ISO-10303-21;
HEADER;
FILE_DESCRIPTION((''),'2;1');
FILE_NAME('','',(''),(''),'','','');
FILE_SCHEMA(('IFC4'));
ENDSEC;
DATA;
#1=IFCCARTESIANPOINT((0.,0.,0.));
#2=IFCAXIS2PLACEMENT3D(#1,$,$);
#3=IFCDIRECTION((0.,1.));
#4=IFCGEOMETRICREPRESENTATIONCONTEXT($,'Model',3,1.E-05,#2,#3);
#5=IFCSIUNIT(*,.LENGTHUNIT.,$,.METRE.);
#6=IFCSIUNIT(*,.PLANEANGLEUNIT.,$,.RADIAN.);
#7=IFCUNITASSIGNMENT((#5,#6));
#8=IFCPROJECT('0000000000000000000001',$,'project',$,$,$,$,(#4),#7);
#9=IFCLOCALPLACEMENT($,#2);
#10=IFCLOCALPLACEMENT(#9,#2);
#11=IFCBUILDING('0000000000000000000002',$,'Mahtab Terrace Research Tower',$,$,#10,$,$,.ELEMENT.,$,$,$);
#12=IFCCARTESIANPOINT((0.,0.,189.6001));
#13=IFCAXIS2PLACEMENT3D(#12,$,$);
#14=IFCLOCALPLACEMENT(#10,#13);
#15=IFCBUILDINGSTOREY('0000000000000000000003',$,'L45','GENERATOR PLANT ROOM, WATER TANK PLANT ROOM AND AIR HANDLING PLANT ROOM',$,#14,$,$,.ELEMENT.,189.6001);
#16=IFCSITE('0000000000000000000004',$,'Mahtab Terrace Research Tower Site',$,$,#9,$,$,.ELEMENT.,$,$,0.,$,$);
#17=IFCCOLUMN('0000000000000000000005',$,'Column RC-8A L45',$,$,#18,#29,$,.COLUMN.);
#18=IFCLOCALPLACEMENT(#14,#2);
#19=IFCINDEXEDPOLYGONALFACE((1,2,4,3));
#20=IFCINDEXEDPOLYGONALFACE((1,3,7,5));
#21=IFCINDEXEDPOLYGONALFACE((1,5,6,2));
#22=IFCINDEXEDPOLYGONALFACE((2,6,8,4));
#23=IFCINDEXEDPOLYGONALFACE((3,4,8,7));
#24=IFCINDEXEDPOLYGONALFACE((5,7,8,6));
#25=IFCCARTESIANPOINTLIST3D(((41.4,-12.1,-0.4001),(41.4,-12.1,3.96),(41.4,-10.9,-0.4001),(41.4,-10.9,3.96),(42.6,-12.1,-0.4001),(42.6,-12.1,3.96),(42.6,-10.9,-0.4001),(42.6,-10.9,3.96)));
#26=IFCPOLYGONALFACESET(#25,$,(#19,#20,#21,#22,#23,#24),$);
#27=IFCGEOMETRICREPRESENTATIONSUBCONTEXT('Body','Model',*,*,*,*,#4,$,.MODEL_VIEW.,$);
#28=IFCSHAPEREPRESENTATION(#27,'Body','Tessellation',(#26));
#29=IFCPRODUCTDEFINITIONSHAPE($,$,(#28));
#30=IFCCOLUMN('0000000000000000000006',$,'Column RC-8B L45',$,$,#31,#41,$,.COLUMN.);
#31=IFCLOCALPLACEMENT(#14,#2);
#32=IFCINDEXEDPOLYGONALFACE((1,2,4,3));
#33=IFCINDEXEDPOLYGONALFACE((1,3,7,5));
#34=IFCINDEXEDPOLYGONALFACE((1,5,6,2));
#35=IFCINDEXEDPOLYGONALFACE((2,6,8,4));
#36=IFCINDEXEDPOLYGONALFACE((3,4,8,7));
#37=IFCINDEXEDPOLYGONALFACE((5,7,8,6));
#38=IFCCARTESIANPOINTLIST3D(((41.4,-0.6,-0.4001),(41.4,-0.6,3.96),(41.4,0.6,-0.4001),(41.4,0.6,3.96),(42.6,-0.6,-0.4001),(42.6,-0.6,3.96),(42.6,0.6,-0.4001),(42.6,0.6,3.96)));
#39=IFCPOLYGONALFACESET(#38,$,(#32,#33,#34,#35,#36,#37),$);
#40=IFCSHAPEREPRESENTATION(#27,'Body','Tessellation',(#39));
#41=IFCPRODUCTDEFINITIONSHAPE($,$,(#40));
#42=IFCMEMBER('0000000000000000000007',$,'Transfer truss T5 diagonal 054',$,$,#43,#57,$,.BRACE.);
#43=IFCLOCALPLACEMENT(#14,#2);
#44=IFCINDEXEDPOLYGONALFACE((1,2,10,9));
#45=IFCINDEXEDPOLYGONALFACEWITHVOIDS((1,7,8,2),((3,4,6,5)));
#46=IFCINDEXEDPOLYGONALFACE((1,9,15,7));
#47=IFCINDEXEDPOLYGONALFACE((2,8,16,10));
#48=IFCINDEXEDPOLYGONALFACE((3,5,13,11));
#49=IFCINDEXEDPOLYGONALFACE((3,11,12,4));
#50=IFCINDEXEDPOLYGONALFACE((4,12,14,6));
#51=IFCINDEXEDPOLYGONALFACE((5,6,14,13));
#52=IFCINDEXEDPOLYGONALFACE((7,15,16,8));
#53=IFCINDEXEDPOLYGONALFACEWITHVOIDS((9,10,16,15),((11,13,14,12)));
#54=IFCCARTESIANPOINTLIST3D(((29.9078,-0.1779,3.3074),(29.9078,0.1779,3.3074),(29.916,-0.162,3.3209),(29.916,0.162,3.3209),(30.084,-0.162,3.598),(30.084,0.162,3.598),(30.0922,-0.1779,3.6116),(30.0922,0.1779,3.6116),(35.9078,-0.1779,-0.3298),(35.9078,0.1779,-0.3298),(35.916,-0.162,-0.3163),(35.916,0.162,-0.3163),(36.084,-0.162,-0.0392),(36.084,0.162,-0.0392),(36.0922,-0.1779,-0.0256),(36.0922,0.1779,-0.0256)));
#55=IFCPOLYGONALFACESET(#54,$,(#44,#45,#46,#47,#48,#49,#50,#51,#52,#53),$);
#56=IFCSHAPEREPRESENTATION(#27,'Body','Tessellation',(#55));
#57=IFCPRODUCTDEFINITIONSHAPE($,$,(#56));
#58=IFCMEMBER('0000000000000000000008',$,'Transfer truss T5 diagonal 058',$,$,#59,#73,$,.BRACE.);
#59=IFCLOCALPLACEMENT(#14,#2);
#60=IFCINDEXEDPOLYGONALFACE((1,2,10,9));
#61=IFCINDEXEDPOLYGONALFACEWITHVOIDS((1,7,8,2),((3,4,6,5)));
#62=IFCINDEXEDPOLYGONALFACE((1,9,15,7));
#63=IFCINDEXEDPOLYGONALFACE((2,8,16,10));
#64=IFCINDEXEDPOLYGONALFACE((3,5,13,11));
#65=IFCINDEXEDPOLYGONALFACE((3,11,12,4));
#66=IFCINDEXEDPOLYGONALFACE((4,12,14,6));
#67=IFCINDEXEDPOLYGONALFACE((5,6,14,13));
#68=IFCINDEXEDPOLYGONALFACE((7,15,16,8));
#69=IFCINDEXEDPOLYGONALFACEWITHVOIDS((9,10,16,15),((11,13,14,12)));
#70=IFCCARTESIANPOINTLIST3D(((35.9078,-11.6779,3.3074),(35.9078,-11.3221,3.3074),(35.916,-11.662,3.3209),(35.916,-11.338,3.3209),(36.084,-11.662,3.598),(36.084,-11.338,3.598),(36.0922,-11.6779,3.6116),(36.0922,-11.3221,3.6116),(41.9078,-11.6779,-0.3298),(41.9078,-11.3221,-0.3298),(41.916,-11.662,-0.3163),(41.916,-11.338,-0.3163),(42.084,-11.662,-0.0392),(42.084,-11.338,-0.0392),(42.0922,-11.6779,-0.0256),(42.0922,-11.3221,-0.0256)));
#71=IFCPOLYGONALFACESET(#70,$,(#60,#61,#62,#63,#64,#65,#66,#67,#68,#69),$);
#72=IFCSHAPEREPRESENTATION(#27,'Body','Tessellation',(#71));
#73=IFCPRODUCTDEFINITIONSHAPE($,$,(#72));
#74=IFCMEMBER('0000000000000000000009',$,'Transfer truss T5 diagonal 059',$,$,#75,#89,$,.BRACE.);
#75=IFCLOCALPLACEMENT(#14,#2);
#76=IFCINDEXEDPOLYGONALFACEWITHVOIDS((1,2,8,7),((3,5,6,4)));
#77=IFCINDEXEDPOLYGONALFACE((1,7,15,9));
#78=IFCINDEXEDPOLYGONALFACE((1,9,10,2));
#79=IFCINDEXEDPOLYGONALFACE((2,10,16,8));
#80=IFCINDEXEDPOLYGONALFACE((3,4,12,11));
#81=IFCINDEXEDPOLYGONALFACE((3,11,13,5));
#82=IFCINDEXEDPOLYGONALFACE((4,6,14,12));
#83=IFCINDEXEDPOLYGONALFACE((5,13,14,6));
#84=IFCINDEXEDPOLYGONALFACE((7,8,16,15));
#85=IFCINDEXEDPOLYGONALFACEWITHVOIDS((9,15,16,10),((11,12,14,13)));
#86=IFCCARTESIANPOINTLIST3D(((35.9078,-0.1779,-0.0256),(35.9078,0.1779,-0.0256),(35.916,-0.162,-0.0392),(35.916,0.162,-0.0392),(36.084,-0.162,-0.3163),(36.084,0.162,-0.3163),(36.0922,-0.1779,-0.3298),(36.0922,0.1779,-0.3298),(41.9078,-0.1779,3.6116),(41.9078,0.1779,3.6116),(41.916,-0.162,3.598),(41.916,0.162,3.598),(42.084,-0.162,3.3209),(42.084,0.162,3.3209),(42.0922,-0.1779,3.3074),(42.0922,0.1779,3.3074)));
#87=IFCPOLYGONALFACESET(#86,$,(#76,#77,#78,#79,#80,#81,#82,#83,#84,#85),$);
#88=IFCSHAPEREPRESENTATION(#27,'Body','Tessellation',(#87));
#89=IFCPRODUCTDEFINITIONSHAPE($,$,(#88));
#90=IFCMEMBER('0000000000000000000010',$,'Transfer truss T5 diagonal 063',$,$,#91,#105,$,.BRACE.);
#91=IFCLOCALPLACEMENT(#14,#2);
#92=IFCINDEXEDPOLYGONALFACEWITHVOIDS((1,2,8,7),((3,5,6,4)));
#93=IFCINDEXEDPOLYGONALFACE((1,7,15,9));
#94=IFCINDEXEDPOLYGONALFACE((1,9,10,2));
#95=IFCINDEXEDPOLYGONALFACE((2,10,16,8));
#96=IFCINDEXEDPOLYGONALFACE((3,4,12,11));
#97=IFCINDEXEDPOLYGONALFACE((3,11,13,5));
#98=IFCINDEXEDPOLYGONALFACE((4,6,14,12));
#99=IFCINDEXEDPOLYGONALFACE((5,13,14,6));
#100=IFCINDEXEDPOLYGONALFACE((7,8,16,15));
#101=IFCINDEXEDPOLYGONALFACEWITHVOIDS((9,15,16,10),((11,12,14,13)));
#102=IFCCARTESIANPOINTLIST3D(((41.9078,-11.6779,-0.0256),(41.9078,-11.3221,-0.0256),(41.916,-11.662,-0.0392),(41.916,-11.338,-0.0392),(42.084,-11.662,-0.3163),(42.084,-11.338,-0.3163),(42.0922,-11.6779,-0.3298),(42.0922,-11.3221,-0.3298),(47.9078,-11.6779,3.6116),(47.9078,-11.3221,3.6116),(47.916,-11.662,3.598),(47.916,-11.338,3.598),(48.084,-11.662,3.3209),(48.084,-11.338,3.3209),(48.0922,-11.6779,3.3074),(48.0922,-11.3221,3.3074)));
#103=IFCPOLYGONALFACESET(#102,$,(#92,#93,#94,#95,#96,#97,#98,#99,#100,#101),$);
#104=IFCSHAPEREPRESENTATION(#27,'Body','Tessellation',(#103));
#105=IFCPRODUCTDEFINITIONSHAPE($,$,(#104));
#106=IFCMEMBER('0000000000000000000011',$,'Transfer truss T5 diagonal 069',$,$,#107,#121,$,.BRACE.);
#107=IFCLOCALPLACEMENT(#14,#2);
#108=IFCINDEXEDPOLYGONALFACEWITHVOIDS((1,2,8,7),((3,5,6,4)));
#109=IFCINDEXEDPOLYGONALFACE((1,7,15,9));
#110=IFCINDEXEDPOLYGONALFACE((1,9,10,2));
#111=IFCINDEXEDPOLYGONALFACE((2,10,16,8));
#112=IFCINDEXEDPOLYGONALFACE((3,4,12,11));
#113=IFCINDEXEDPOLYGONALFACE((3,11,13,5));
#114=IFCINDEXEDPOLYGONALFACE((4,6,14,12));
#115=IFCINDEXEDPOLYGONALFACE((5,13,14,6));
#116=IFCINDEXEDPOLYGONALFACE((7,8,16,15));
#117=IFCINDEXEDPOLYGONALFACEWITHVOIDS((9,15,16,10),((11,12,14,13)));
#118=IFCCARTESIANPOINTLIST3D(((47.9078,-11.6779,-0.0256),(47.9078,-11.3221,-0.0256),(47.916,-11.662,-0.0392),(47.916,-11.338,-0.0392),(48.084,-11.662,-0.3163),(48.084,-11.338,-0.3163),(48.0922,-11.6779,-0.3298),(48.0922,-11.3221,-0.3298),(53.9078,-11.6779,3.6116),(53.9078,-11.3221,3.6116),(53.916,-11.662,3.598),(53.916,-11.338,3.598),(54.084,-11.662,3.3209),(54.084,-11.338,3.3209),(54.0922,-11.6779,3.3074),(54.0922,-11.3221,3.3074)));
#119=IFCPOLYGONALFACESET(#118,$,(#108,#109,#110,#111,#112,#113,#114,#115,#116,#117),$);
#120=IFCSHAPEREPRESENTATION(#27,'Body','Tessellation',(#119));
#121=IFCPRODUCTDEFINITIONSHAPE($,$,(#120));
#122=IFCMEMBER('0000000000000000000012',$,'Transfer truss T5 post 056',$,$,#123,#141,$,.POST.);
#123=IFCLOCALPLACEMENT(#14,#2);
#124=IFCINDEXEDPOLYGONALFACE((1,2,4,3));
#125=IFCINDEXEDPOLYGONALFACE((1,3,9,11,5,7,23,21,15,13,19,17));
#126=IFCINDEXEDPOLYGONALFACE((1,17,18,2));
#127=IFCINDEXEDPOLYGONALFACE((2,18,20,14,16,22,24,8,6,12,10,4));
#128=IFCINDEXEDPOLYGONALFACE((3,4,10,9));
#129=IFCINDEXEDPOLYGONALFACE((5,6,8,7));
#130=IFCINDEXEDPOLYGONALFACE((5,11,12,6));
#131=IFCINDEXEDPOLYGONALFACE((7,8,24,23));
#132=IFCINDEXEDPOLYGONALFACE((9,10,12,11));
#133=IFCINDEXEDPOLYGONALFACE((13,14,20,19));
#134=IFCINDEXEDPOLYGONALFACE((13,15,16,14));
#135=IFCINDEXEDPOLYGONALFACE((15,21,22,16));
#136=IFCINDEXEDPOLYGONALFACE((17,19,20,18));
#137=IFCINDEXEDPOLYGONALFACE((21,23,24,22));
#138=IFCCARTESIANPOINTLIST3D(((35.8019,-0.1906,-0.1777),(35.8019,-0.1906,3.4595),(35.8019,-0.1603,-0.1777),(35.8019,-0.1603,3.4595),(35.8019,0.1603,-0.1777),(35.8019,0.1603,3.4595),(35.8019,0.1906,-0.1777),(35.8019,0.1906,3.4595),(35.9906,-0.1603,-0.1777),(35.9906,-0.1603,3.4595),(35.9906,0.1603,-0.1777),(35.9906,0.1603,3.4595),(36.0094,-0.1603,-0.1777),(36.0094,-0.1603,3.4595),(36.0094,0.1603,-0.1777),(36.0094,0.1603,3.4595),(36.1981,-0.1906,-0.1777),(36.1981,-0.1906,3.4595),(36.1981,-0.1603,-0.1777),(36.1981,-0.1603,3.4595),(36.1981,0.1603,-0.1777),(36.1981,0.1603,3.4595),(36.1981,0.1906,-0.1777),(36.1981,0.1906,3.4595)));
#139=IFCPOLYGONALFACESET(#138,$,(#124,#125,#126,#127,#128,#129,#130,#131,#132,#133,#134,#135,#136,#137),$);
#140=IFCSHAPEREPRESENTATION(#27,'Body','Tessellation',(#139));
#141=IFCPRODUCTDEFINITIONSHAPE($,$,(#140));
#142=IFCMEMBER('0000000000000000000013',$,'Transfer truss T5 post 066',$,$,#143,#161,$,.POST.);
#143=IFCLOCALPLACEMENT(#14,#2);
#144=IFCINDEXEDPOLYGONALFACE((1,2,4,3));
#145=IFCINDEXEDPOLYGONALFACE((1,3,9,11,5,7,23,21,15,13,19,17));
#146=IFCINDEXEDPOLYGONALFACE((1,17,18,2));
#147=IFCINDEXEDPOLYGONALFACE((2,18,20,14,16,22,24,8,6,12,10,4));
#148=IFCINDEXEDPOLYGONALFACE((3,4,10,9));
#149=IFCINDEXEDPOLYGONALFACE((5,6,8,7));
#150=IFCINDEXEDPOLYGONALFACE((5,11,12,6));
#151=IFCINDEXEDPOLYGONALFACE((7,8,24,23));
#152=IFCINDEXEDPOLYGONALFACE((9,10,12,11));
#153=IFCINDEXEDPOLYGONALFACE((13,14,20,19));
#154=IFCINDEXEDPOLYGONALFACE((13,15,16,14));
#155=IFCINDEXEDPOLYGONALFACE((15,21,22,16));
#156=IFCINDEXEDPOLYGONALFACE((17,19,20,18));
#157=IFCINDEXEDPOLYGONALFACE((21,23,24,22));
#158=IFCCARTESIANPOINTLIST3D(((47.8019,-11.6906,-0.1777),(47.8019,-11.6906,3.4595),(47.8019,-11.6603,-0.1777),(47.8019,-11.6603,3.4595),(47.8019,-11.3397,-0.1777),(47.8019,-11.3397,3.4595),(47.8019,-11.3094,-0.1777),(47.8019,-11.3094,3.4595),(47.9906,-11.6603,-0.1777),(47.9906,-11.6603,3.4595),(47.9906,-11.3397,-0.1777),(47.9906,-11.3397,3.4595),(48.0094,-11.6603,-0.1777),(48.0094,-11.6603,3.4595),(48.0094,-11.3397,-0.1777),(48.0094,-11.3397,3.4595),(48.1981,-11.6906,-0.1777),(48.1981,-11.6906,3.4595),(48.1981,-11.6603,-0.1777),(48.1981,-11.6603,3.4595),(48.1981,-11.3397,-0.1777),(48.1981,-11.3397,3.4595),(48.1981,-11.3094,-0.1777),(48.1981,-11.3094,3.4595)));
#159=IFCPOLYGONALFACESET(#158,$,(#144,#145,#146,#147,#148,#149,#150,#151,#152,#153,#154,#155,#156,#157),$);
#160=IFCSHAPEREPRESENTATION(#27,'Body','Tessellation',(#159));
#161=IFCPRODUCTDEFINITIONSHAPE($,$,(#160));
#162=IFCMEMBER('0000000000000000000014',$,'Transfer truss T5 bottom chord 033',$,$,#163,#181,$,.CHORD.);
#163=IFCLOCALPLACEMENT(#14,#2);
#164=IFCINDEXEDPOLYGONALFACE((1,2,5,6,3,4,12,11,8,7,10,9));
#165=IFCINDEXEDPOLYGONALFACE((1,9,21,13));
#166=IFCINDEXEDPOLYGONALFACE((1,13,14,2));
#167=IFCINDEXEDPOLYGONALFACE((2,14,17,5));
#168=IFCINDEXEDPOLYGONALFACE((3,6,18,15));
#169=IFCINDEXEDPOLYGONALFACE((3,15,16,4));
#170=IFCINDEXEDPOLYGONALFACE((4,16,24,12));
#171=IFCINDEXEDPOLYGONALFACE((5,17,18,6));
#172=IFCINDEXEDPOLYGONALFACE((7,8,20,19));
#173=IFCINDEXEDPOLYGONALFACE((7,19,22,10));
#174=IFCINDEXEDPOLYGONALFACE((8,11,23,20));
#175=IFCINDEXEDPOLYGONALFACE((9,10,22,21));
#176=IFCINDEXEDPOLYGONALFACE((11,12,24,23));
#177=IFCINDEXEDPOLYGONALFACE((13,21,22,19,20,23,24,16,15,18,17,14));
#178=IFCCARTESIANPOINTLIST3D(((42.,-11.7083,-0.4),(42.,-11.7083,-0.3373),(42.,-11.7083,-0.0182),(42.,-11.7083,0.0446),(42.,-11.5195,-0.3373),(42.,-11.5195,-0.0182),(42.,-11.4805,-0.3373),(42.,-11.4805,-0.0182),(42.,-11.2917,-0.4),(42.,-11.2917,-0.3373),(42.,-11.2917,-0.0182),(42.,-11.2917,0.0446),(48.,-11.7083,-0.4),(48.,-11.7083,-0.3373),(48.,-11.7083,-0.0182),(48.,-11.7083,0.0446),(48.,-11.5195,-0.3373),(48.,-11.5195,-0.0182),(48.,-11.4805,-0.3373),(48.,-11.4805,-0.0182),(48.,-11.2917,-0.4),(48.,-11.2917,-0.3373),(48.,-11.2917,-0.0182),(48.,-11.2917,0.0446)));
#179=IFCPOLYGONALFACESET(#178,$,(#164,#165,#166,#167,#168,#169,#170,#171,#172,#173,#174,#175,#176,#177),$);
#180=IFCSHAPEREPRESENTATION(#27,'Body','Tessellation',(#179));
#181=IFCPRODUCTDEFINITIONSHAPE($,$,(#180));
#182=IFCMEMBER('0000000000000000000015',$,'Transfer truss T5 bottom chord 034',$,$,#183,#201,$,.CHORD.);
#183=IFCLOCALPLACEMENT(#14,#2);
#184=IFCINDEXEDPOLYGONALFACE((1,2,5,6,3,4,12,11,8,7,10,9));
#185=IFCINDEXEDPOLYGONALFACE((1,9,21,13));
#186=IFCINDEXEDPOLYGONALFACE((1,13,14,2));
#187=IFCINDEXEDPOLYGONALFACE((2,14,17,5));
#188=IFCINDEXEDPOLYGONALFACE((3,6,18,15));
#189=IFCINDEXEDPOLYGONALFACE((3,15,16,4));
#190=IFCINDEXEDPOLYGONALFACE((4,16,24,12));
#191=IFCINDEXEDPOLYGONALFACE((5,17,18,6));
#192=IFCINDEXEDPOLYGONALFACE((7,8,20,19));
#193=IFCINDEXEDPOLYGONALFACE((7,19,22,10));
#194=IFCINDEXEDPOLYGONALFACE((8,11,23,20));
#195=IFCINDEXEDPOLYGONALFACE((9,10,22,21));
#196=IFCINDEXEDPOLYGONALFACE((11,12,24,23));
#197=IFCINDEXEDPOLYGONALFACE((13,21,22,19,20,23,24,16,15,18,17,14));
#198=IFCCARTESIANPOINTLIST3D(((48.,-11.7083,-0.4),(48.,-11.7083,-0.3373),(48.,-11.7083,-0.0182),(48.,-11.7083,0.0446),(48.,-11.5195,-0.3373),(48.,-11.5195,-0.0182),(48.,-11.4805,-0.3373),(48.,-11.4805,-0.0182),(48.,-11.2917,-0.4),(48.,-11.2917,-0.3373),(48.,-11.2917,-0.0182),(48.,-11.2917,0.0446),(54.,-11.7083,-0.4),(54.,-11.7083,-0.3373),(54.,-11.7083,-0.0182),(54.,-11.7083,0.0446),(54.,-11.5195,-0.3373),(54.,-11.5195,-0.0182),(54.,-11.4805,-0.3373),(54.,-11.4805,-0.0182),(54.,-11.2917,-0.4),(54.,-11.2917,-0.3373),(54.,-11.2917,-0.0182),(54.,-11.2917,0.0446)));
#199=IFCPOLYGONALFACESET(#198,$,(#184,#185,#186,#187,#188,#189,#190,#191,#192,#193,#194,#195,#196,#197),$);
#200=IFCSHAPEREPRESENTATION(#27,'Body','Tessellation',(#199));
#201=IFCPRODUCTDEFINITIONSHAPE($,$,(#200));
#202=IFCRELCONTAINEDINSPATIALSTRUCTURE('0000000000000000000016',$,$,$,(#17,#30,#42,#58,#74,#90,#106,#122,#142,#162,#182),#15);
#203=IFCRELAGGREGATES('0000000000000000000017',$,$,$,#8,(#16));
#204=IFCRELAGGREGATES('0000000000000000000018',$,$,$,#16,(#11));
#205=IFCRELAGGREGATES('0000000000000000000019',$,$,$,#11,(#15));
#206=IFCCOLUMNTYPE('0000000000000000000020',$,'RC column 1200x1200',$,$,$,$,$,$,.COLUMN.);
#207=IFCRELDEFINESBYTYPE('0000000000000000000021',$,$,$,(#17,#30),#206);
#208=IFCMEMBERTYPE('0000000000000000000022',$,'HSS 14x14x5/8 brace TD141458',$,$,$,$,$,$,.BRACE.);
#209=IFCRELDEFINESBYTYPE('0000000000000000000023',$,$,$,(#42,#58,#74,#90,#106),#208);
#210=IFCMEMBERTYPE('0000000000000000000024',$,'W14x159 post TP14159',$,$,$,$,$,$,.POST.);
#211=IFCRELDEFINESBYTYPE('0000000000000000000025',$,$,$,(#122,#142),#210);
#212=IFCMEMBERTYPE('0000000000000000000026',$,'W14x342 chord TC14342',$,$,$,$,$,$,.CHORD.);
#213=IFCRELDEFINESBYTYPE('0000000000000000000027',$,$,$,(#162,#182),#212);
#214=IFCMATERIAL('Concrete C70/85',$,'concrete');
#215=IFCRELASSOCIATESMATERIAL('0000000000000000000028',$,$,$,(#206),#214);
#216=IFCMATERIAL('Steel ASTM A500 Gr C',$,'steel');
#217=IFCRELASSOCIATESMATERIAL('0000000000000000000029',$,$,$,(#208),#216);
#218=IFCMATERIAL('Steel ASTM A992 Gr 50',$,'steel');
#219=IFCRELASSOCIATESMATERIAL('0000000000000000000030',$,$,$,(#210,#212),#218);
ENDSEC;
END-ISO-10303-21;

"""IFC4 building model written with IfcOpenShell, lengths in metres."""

from ifc_helpers import new_model, si_unit, direction, frame, origin, origin_2d, place, context, subcontext, project, spatial, rectangle, hollow_rectangle, i_section, extrude, material, material_profile, profile_set, type_object, element, save


model = new_model("IFC4")

# Units and contexts
model_context = context("Model", 3, precision=1e-05, world=origin(), true_north=direction((0.0, 1.0)))
body_context = subcontext(model_context, "Body", "Model", "MODEL_VIEW")
ifc_project = project(units=[si_unit("LENGTHUNIT", "METRE"), si_unit("PLANEANGLEUNIT", "RADIAN")], contexts=[model_context])

# Site, building, storey
site_placement = place(None, origin())
site = spatial("IfcSite", under=ifc_project, at=site_placement, Name="Mahtab Terrace Research Tower Site", CompositionType="ELEMENT", RefElevation=0.0)
building_placement = place(site_placement, origin())
building = spatial("IfcBuilding", under=site, at=building_placement, Name="Mahtab Terrace Research Tower", CompositionType="ELEMENT")
storey_placement = place(building_placement, frame((0.0, 0.0, 189.6001)))
storey = spatial("IfcBuildingStorey", under=building, at=storey_placement, Name="L45", Description="GENERATOR PLANT ROOM, WATER TANK PLANT ROOM AND AIR HANDLING PLANT ROOM", CompositionType="ELEMENT", Elevation=189.6001)

# Columns
ifc_material_1 = material(Name="Concrete C70/85", Category="concrete")
ifc_material_profile_1 = material_profile(ifc_material_1, rectangle(XDim=1.2, YDim=1.2, at=origin_2d()), Name="RC column 1200x1200")
ifc_profile_set_1 = profile_set([ifc_material_profile_1], Name="Concrete C70/85")
column_type = type_object("IfcColumnType", Name="RC column 1200x1200", PredefinedType="COLUMN", material=ifc_profile_set_1)
for number, where, z_axis, x_axis, name in (
    (1, (42.0, -11.5, -0.4001), (0.0, 0.0, 1.0), (1.0, 0.0, 0.0), "Column RC-8A L45"),
    (2, (42.0, 0.0, -0.4001), (0.0, 0.0, 1.0), (1.0, 0.0, 0.0), "Column RC-8B L45"),
):
    element("IfcColumn", number, at=place(storey_placement, frame(where, z_axis=z_axis, x_axis=x_axis)), inside=storey, type_object=column_type, Name=name, PredefinedType="COLUMN", context=body_context, shape_type="SweptSolid", body=[
        extrude(rectangle(XDim=1.2, YDim=1.2, at=origin_2d()), origin(), (0.0, 0.0, 1.0), 4.3601),
    ])

# Members
ifc_material_2 = material(Name="Steel ASTM A500 Gr C", Category="steel")
ifc_material_profile_2 = material_profile(ifc_material_2, hollow_rectangle(XDim=0.3557, YDim=0.3557, WallThickness=0.0159, at=origin_2d()), Name="HSS14X14X5/8")
ifc_profile_set_2 = profile_set([ifc_material_profile_2], Name="Steel ASTM A500 Gr C")
member_type_1 = type_object("IfcMemberType", Name="HSS 14x14x5/8 brace TD141458", PredefinedType="BRACE", material=ifc_profile_set_2)
for number, where, z_axis, x_axis, name in (
    (3, (36.0, 0.0, -0.1777), (-0.855145, 0.0, 0.51839), (0.0, -1.0, 0.0), "Transfer truss T5 diagonal 054"),
    (4, (42.0, -11.5, -0.1777), (-0.855145, 0.0, 0.51839), (0.0, -1.0, 0.0), "Transfer truss T5 diagonal 058"),
    (5, (36.0, 0.0, -0.1777), (0.855145, 0.0, 0.51839), (0.0, 1.0, 0.0), "Transfer truss T5 diagonal 059"),
    (6, (42.0, -11.5, -0.1777), (0.855145, 0.0, 0.51839), (0.0, 1.0, 0.0), "Transfer truss T5 diagonal 063"),
    (7, (48.0, -11.5, -0.1777), (0.855145, 0.0, 0.51839), (0.0, 1.0, 0.0), "Transfer truss T5 diagonal 069"),
):
    element("IfcMember", number, at=place(storey_placement, frame(where, z_axis=z_axis, x_axis=x_axis)), inside=storey, type_object=member_type_1, Name=name, PredefinedType="BRACE", context=body_context, shape_type="SweptSolid", body=[
        extrude(hollow_rectangle(XDim=0.3557, YDim=0.3557, WallThickness=0.0159, at=origin_2d()), origin(), (0.0, 0.0, 1.0), 7.0164),
    ])
ifc_material_3 = material(Name="Steel ASTM A992 Gr 50", Category="steel")
ifc_material_profile_3 = material_profile(ifc_material_3, i_section(OverallWidth=0.3962, OverallDepth=0.3811, WebThickness=0.0188, FlangeThickness=0.0303, at=origin_2d()), Name="W14X159")
ifc_profile_set_3 = profile_set([ifc_material_profile_3], Name="Steel ASTM A992 Gr 50")
member_type_2 = type_object("IfcMemberType", Name="W14x159 post TP14159", PredefinedType="POST", material=ifc_profile_set_3)
for number, where, z_axis, x_axis, name in (
    (8, (36.0, 0.0, -0.1777), (0.0, 0.0, 1.0), (1.0, 0.0, 0.0), "Transfer truss T5 post 056"),
    (9, (48.0, -11.5, -0.1777), (0.0, 0.0, 1.0), (1.0, 0.0, 0.0), "Transfer truss T5 post 066"),
):
    element("IfcMember", number, at=place(storey_placement, frame(where, z_axis=z_axis, x_axis=x_axis)), inside=storey, type_object=member_type_2, Name=name, PredefinedType="POST", context=body_context, shape_type="SweptSolid", body=[
        extrude(i_section(OverallWidth=0.3962, OverallDepth=0.3811, WebThickness=0.0188, FlangeThickness=0.0303, at=origin_2d()), origin(), (0.0, 0.0, 1.0), 3.6372),
    ])
ifc_material_profile_4 = material_profile(ifc_material_3, i_section(OverallWidth=0.4165, OverallDepth=0.4446, WebThickness=0.0391, FlangeThickness=0.0627, at=origin_2d()), Name="W14X342")
ifc_profile_set_4 = profile_set([ifc_material_profile_4], Name="Steel ASTM A992 Gr 50")
member_type_3 = type_object("IfcMemberType", Name="W14x342 chord TC14342", PredefinedType="CHORD", material=ifc_profile_set_4)
for number, where, z_axis, x_axis, name in (
    (10, (42.0, -11.5, -0.1777), (1.0, 0.0, 0.0), (0.0, 1.0, 0.0), "Transfer truss T5 bottom chord 033"),
    (11, (48.0, -11.5, -0.1777), (1.0, 0.0, 0.0), (0.0, 1.0, 0.0), "Transfer truss T5 bottom chord 034"),
):
    element("IfcMember", number, at=place(storey_placement, frame(where, z_axis=z_axis, x_axis=x_axis)), inside=storey, type_object=member_type_3, Name=name, PredefinedType="CHORD", context=body_context, shape_type="SweptSolid", body=[
        extrude(i_section(OverallWidth=0.4165, OverallDepth=0.4446, WebThickness=0.0391, FlangeThickness=0.0627, at=origin_2d()), origin(), (0.0, 0.0, 1.0), 6.0),
    ])

save(model, "model.ifc")
